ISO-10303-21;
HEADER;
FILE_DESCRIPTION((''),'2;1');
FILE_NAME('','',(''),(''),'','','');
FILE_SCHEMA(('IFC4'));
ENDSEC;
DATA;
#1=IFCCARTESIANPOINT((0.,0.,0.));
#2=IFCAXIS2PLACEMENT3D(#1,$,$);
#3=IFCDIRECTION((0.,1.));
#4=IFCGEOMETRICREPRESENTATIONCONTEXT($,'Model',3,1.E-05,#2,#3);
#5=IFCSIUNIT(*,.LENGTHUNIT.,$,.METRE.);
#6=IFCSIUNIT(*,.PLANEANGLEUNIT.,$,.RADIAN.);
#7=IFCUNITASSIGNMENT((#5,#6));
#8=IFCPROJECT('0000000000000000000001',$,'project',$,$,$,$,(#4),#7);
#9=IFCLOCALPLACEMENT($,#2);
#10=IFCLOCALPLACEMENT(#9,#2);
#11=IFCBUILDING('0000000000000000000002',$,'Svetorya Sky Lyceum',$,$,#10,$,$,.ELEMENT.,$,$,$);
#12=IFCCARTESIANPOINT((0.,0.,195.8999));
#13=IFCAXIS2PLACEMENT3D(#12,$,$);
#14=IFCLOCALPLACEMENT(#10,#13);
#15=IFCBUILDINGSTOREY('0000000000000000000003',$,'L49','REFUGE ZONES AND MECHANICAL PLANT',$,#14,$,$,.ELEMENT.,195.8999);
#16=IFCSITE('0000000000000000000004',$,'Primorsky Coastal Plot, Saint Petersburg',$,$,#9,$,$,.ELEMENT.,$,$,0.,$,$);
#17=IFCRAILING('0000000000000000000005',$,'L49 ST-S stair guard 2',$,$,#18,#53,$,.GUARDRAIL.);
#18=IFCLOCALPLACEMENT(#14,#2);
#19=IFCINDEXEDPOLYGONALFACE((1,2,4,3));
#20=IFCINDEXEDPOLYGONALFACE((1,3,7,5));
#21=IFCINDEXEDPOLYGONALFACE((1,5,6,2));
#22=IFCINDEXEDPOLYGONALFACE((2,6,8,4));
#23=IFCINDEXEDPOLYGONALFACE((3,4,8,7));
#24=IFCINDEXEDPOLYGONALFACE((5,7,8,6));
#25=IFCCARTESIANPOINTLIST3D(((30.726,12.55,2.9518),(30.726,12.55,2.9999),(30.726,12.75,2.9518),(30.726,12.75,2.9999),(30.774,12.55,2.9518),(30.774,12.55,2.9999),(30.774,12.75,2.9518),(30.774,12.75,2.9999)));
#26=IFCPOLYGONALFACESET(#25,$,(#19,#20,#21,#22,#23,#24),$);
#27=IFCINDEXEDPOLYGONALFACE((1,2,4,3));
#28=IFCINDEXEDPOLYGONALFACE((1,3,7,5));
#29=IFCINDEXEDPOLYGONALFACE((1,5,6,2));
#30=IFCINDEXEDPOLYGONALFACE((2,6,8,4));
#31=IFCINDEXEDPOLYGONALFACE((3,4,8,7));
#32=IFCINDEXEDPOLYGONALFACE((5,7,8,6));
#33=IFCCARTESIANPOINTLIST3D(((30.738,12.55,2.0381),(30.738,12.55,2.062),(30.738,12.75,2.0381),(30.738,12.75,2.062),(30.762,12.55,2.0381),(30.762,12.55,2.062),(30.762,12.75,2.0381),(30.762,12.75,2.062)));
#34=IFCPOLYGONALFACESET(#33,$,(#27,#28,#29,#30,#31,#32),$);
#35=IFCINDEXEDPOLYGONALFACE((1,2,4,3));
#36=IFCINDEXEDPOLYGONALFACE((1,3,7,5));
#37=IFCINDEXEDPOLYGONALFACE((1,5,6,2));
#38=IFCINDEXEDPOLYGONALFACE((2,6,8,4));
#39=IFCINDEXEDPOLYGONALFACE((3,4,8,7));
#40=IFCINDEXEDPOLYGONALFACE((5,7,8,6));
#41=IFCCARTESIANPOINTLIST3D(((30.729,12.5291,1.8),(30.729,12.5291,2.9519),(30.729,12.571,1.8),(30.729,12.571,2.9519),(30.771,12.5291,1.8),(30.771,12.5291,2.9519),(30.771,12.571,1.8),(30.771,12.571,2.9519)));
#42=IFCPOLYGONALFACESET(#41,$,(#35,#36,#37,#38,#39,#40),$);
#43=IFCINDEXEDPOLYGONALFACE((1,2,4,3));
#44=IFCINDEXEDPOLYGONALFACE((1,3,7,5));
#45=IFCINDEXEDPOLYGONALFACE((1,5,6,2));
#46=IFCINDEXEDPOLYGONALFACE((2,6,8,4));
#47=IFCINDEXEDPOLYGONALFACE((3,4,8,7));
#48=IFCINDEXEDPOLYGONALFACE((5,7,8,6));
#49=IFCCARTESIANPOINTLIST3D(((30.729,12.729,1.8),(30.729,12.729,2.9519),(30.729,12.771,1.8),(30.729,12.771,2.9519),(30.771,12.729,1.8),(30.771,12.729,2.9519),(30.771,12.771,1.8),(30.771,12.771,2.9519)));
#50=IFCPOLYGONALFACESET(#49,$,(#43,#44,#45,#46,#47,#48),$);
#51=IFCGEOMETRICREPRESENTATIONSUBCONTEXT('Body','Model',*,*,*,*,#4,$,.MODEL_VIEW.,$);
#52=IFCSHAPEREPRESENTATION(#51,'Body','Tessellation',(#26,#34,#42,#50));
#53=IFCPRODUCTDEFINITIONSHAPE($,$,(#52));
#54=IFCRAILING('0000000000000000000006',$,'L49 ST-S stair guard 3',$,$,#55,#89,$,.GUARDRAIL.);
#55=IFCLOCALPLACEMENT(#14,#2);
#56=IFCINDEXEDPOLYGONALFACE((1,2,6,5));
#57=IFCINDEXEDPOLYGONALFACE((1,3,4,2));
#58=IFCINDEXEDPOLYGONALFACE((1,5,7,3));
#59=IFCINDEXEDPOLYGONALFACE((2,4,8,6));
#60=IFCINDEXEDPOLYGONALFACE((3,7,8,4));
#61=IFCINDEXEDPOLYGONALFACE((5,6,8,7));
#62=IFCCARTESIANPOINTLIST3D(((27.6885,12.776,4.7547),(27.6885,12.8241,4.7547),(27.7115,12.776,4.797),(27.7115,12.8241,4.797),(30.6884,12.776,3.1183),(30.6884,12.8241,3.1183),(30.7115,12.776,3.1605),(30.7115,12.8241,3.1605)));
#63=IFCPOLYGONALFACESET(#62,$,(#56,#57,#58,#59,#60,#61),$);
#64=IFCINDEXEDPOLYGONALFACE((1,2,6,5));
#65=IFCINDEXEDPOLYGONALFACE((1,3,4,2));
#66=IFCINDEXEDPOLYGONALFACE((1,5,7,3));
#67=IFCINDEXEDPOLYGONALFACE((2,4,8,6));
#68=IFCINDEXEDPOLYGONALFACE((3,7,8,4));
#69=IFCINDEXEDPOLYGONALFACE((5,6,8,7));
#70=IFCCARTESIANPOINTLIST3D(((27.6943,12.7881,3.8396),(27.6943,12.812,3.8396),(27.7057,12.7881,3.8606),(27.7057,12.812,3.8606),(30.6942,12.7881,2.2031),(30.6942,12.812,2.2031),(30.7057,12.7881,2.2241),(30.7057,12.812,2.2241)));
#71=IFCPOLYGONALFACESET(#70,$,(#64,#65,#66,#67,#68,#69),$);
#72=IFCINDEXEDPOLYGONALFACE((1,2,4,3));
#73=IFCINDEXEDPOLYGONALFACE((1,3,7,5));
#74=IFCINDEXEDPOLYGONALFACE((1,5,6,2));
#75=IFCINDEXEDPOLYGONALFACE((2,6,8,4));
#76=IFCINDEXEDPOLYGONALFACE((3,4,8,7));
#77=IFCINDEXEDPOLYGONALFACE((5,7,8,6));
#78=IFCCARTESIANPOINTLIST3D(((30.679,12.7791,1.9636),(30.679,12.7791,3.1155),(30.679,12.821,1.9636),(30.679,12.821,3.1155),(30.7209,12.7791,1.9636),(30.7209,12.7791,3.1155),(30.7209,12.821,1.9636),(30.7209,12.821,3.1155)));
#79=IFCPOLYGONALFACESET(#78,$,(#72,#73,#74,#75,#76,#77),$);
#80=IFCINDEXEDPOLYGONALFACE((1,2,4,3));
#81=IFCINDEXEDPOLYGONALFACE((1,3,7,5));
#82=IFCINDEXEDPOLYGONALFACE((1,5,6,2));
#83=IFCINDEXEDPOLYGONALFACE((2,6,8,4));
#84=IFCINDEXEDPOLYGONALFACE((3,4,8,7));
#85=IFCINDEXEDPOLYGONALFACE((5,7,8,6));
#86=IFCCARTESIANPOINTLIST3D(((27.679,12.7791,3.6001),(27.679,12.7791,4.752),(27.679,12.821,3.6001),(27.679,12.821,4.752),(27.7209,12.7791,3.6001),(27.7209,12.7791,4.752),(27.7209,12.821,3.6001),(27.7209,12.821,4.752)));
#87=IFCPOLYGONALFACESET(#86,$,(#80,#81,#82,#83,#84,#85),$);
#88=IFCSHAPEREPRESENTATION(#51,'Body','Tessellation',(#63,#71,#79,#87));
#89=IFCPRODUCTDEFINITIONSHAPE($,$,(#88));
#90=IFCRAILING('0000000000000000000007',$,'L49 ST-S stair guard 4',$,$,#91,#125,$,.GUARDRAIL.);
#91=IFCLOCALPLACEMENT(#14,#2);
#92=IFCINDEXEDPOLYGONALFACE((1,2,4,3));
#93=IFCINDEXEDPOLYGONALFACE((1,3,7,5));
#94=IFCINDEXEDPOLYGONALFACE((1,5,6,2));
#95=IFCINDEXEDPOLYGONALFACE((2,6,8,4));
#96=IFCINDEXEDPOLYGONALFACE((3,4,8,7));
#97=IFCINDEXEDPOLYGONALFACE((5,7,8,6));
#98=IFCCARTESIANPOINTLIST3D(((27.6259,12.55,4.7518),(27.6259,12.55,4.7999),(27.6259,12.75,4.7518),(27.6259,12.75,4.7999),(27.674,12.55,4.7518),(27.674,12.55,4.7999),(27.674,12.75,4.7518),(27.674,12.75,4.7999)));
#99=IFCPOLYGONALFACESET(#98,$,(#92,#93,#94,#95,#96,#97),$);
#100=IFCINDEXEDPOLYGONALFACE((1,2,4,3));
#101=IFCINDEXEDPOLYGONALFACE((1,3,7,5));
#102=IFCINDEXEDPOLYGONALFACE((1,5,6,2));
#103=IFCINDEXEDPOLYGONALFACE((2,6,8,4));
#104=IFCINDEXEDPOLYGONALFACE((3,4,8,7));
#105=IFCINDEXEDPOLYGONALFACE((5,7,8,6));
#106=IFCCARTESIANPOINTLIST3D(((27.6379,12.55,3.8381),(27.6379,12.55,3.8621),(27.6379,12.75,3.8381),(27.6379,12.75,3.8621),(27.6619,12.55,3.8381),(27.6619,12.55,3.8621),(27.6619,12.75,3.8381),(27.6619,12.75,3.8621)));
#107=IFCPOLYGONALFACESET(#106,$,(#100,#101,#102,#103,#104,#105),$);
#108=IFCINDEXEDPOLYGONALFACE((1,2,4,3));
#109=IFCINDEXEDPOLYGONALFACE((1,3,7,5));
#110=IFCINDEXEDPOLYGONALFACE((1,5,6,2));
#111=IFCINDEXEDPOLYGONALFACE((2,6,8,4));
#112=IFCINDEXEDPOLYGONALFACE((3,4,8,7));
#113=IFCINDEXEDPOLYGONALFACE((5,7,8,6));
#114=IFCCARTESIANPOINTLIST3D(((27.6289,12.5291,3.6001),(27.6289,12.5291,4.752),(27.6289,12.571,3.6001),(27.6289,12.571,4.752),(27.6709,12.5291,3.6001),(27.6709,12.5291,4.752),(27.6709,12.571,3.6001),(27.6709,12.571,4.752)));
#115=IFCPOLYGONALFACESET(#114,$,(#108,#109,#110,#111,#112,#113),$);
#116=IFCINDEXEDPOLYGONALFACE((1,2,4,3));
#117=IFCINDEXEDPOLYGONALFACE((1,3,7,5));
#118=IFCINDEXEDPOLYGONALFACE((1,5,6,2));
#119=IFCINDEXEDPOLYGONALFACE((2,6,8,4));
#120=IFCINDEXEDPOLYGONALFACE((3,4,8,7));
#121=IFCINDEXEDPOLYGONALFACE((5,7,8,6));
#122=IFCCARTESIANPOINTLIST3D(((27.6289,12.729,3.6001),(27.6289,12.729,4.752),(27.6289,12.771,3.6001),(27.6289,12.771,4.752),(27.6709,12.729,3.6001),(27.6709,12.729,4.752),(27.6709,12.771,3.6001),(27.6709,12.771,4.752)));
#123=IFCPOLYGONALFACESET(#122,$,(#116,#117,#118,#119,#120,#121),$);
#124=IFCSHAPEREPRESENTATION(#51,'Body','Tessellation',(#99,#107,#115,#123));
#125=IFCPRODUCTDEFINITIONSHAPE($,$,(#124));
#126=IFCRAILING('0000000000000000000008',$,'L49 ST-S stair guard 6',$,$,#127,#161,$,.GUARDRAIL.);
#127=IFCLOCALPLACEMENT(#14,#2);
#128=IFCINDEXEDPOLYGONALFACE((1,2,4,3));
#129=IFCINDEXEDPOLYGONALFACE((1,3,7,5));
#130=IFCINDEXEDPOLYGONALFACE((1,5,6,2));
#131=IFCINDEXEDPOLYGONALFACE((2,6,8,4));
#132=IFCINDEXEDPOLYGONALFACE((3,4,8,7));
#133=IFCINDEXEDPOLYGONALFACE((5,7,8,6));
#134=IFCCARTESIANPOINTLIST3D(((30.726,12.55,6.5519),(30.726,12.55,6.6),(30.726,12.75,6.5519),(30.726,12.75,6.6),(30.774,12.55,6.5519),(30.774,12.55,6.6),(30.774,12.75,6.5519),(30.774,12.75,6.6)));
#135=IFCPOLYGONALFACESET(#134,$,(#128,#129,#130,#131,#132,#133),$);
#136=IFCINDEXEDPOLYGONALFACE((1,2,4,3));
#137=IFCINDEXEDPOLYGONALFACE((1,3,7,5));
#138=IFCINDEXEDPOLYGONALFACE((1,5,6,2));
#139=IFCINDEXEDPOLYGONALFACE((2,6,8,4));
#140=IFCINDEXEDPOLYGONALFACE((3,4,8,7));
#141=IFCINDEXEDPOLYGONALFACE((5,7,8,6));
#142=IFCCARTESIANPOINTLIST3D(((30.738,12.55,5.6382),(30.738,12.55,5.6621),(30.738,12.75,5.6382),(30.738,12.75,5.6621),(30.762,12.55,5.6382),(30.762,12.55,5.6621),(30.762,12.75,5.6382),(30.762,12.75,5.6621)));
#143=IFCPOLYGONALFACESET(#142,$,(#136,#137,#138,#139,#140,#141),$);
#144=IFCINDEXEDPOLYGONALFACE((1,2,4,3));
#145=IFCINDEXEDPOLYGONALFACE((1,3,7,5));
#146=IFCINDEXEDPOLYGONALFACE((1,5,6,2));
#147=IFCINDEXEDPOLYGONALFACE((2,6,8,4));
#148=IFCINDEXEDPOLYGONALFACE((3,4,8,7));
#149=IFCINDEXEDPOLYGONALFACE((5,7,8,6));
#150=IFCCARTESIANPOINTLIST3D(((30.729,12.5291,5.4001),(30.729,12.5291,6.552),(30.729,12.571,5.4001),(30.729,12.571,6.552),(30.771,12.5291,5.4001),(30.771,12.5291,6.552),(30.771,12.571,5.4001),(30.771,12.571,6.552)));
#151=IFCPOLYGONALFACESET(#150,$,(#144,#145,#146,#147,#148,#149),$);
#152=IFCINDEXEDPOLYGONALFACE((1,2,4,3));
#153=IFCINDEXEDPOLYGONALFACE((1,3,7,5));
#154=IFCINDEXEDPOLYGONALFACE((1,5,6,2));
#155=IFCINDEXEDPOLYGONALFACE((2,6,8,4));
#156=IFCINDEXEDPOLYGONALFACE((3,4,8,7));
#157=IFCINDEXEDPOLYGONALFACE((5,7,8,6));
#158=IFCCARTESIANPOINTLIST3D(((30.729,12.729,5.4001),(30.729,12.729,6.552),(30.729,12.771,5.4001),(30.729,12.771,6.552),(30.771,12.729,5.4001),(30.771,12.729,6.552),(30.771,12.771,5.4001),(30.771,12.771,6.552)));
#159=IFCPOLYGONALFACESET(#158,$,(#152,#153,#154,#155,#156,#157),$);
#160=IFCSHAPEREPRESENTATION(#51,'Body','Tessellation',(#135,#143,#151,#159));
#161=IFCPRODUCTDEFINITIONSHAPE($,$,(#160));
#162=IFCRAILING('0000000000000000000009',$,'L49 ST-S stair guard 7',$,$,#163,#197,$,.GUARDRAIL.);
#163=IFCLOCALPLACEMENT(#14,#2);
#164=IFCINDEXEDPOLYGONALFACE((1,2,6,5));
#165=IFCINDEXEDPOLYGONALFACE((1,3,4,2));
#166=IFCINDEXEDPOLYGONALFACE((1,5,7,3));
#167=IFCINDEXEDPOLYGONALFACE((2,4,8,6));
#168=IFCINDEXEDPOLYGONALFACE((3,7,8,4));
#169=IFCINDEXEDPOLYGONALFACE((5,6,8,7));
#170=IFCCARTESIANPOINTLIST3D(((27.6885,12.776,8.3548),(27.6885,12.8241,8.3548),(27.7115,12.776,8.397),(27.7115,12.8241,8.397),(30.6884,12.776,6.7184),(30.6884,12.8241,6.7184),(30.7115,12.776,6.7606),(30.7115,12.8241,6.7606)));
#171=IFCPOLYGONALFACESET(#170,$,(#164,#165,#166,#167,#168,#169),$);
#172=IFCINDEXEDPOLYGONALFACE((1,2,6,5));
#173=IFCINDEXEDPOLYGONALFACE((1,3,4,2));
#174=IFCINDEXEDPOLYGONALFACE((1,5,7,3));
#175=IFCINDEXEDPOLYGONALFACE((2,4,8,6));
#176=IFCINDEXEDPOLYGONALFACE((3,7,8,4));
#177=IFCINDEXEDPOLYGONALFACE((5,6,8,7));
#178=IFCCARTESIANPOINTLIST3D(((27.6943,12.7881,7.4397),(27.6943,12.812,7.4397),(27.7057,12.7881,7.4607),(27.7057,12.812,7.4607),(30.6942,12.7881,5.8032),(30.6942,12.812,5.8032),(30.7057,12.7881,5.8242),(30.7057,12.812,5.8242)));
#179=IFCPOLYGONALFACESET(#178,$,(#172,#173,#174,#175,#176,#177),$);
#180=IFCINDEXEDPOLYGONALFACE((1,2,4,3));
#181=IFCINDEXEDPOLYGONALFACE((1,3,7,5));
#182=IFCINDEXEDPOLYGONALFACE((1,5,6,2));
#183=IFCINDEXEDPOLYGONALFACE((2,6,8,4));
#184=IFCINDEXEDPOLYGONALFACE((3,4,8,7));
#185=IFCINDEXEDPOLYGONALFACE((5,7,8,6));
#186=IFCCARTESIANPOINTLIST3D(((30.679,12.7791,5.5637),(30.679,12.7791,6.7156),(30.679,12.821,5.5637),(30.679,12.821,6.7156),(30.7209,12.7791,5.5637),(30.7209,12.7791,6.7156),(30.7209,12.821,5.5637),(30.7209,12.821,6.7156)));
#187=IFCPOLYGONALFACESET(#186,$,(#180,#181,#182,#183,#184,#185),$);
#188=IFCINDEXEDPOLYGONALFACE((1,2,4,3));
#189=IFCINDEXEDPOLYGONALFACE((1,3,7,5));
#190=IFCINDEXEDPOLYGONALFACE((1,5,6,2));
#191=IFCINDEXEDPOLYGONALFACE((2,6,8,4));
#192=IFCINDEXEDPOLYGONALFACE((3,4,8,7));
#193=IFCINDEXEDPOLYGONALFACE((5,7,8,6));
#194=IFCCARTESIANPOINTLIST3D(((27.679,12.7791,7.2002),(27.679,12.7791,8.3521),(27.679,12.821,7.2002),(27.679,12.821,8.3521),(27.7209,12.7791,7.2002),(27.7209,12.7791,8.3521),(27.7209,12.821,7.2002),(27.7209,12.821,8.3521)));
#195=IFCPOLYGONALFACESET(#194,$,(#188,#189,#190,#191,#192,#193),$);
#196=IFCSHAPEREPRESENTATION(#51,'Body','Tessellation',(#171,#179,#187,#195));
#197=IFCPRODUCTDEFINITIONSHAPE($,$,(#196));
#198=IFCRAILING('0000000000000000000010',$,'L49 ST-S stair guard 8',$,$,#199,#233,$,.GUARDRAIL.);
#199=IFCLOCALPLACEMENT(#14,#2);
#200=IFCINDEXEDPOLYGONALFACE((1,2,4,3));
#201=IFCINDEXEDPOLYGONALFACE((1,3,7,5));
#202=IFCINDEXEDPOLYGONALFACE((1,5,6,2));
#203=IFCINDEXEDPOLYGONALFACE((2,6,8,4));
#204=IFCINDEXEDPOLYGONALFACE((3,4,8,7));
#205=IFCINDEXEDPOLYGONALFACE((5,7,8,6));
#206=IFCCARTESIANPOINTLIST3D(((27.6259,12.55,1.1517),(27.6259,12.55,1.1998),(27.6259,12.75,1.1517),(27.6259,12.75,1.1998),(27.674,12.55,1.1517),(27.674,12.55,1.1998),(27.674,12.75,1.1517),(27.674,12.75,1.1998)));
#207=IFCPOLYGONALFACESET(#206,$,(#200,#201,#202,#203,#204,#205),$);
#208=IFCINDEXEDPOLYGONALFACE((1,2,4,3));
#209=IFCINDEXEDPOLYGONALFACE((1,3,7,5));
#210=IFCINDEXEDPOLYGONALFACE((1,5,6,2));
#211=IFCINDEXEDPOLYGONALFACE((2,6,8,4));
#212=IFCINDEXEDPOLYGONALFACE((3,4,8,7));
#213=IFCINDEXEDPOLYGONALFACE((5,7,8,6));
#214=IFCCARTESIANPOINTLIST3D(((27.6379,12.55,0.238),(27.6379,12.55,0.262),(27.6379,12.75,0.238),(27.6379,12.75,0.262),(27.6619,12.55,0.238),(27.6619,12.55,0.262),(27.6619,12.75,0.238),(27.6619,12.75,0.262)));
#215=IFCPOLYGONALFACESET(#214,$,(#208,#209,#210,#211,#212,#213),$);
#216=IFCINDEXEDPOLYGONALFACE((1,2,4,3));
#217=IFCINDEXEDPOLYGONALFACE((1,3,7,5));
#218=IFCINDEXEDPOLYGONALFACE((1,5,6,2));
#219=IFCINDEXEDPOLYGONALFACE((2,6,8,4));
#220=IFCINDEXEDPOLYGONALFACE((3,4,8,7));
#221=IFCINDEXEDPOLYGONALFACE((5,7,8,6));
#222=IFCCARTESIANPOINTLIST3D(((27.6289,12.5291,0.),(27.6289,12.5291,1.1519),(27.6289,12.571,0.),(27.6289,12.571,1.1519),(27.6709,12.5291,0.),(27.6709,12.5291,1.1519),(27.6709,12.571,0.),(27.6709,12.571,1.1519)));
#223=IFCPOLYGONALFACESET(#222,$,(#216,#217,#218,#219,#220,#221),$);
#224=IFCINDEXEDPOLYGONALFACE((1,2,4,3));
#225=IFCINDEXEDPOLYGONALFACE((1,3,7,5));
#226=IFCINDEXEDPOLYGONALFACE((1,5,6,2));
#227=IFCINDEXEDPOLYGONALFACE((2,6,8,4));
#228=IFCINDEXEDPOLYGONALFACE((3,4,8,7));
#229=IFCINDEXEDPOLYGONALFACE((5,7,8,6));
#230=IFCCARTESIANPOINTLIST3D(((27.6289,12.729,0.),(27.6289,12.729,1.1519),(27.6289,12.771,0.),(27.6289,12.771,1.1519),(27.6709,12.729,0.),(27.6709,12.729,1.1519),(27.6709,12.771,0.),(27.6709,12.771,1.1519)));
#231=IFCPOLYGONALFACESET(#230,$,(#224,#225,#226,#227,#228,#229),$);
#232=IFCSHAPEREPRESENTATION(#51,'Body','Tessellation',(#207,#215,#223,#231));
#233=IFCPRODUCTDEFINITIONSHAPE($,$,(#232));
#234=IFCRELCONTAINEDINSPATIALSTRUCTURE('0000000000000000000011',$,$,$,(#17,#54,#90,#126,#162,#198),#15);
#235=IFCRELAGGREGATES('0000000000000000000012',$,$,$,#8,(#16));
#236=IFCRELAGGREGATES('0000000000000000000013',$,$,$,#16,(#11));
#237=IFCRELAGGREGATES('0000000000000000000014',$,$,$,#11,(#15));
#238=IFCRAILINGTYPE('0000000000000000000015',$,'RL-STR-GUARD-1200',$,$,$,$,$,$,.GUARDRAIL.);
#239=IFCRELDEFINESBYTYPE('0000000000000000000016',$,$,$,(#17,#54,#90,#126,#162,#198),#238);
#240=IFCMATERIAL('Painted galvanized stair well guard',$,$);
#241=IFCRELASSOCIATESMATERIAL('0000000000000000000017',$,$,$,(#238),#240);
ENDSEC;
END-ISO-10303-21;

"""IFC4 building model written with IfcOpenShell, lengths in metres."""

from ifc_helpers import new_model, si_unit, direction, frame, origin, origin_2d, place, context, subcontext, project, spatial, rectangle, extrude, material, type_object, element, save


model = new_model("IFC4")

# Units and contexts
model_context = context("Model", 3, precision=1e-05, world=origin(), true_north=direction((0.0, 1.0)))
body_context = subcontext(model_context, "Body", "Model", "MODEL_VIEW")
ifc_project = project(units=[si_unit("LENGTHUNIT", "METRE"), si_unit("PLANEANGLEUNIT", "RADIAN")], contexts=[model_context])

# Site, building, storey
site_placement = place(None, origin())
site = spatial("IfcSite", under=ifc_project, at=site_placement, Name="Primorsky Coastal Plot, Saint Petersburg", CompositionType="ELEMENT", RefElevation=0.0)
building_placement = place(site_placement, origin())
building = spatial("IfcBuilding", under=site, at=building_placement, Name="Svetorya Sky Lyceum", CompositionType="ELEMENT")
storey_placement = place(building_placement, frame((0.0, 0.0, 195.8999)))
storey = spatial("IfcBuildingStorey", under=building, at=storey_placement, Name="L49", Description="REFUGE ZONES AND MECHANICAL PLANT", CompositionType="ELEMENT", Elevation=195.8999)

# Railings
ifc_material_1 = material(Name="Painted galvanized stair well guard")
railing_type_1 = type_object("IfcRailingType", Name="RL-STR-GUARD-1200", PredefinedType="GUARDRAIL", material=ifc_material_1)
railing_1_placement = place(storey_placement, frame((30.75, 12.55, 1.8)))
element("IfcRailing", 1, at=railing_1_placement, inside=storey, type_object=railing_type_1, Name="L49 ST-S stair guard 2", PredefinedType="GUARDRAIL", context=body_context, shape_type="SweptSolid", body=[
    extrude(rectangle(XDim=0.0481, YDim=0.0481, at=origin_2d()), frame((0.0, 0.0, 1.1758), z_axis=(0.0, 1.0, 0.0), x_axis=(-1.0, 0.0, 0.0)), (0.0, 0.0, 1.0), 0.2),
    extrude(rectangle(XDim=0.0239, YDim=0.0239, at=origin_2d()), frame((0.0, 0.0, 0.25), z_axis=(0.0, 1.0, 0.0), x_axis=(-1.0, 0.0, 0.0)), (0.0, 0.0, 1.0), 0.2),
    extrude(rectangle(XDim=0.042, YDim=0.042, at=origin_2d()), origin(), (0.0, 0.0, 1.0), 1.1519),
    extrude(rectangle(XDim=0.042, YDim=0.042, at=origin_2d()), frame((0.0, 0.2, 0.0)), (0.0, 0.0, 1.0), 1.1519),
])
railing_2_placement = place(storey_placement, frame((30.7, 12.8, 1.9636)))
element("IfcRailing", 2, at=railing_2_placement, inside=storey, type_object=railing_type_1, Name="L49 ST-S stair guard 3", PredefinedType="GUARDRAIL", context=body_context, shape_type="SweptSolid", body=[
    extrude(rectangle(XDim=0.0481, YDim=0.0481, at=origin_2d()), frame((0.0, 0.0, 1.1758), z_axis=(-0.877882, 0.0, 0.478877), x_axis=(0.0, -1.0, 0.0)), (0.0, 0.0, 1.0), 3.4172),
    extrude(rectangle(XDim=0.0239, YDim=0.0239, at=origin_2d()), frame((0.0, 0.0, 0.25), z_axis=(-0.877882, 0.0, 0.478877), x_axis=(0.0, -1.0, 0.0)), (0.0, 0.0, 1.0), 3.4172),
    extrude(rectangle(XDim=0.042, YDim=0.042, at=origin_2d()), origin(), (0.0, 0.0, 1.0), 1.1519),
    extrude(rectangle(XDim=0.042, YDim=0.042, at=origin_2d()), frame((-3.0, 0.0, 1.6365)), (0.0, 0.0, 1.0), 1.1519),
])
for number, where, name in (
    (3, (27.6499, 12.55, 3.6001), "L49 ST-S stair guard 4"),
    (4, (30.75, 12.55, 5.4001), "L49 ST-S stair guard 6"),
):
    element("IfcRailing", number, at=place(storey_placement, frame(where)), inside=storey, type_object=railing_type_1, Name=name, PredefinedType="GUARDRAIL", context=body_context, shape_type="SweptSolid", body=[
        extrude(rectangle(XDim=0.0481, YDim=0.0481, at=origin_2d()), frame((0.0, 0.0, 1.1758), z_axis=(0.0, 1.0, 0.0), x_axis=(-1.0, 0.0, 0.0)), (0.0, 0.0, 1.0), 0.2),
        extrude(rectangle(XDim=0.0239, YDim=0.0239, at=origin_2d()), frame((0.0, 0.0, 0.25), z_axis=(0.0, 1.0, 0.0), x_axis=(-1.0, 0.0, 0.0)), (0.0, 0.0, 1.0), 0.2),
        extrude(rectangle(XDim=0.042, YDim=0.042, at=origin_2d()), origin(), (0.0, 0.0, 1.0), 1.1519),
        extrude(rectangle(XDim=0.042, YDim=0.042, at=origin_2d()), frame((0.0, 0.2, 0.0)), (0.0, 0.0, 1.0), 1.1519),
    ])
railing_3_placement = place(storey_placement, frame((30.7, 12.8, 5.5637)))
element("IfcRailing", 5, at=railing_3_placement, inside=storey, type_object=railing_type_1, Name="L49 ST-S stair guard 7", PredefinedType="GUARDRAIL", context=body_context, shape_type="SweptSolid", body=[
    extrude(rectangle(XDim=0.0481, YDim=0.0481, at=origin_2d()), frame((0.0, 0.0, 1.1758), z_axis=(-0.877882, 0.0, 0.478877), x_axis=(0.0, -1.0, 0.0)), (0.0, 0.0, 1.0), 3.4172),
    extrude(rectangle(XDim=0.0239, YDim=0.0239, at=origin_2d()), frame((0.0, 0.0, 0.25), z_axis=(-0.877882, 0.0, 0.478877), x_axis=(0.0, -1.0, 0.0)), (0.0, 0.0, 1.0), 3.4172),
    extrude(rectangle(XDim=0.042, YDim=0.042, at=origin_2d()), origin(), (0.0, 0.0, 1.0), 1.1519),
    extrude(rectangle(XDim=0.042, YDim=0.042, at=origin_2d()), frame((-3.0, 0.0, 1.6365)), (0.0, 0.0, 1.0), 1.1519),
])
railing_4_placement = place(storey_placement, frame((27.6499, 12.55, 0.0)))
element("IfcRailing", 6, at=railing_4_placement, inside=storey, type_object=railing_type_1, Name="L49 ST-S stair guard 8", PredefinedType="GUARDRAIL", context=body_context, shape_type="SweptSolid", body=[
    extrude(rectangle(XDim=0.0481, YDim=0.0481, at=origin_2d()), frame((0.0, 0.0, 1.1758), z_axis=(0.0, 1.0, 0.0), x_axis=(-1.0, 0.0, 0.0)), (0.0, 0.0, 1.0), 0.2),
    extrude(rectangle(XDim=0.0239, YDim=0.0239, at=origin_2d()), frame((0.0, 0.0, 0.25), z_axis=(0.0, 1.0, 0.0), x_axis=(-1.0, 0.0, 0.0)), (0.0, 0.0, 1.0), 0.2),
    extrude(rectangle(XDim=0.042, YDim=0.042, at=origin_2d()), origin(), (0.0, 0.0, 1.0), 1.1519),
    extrude(rectangle(XDim=0.042, YDim=0.042, at=origin_2d()), frame((0.0, 0.2, 0.0)), (0.0, 0.0, 1.0), 1.1519),
])

save(model, "model.ifc")
